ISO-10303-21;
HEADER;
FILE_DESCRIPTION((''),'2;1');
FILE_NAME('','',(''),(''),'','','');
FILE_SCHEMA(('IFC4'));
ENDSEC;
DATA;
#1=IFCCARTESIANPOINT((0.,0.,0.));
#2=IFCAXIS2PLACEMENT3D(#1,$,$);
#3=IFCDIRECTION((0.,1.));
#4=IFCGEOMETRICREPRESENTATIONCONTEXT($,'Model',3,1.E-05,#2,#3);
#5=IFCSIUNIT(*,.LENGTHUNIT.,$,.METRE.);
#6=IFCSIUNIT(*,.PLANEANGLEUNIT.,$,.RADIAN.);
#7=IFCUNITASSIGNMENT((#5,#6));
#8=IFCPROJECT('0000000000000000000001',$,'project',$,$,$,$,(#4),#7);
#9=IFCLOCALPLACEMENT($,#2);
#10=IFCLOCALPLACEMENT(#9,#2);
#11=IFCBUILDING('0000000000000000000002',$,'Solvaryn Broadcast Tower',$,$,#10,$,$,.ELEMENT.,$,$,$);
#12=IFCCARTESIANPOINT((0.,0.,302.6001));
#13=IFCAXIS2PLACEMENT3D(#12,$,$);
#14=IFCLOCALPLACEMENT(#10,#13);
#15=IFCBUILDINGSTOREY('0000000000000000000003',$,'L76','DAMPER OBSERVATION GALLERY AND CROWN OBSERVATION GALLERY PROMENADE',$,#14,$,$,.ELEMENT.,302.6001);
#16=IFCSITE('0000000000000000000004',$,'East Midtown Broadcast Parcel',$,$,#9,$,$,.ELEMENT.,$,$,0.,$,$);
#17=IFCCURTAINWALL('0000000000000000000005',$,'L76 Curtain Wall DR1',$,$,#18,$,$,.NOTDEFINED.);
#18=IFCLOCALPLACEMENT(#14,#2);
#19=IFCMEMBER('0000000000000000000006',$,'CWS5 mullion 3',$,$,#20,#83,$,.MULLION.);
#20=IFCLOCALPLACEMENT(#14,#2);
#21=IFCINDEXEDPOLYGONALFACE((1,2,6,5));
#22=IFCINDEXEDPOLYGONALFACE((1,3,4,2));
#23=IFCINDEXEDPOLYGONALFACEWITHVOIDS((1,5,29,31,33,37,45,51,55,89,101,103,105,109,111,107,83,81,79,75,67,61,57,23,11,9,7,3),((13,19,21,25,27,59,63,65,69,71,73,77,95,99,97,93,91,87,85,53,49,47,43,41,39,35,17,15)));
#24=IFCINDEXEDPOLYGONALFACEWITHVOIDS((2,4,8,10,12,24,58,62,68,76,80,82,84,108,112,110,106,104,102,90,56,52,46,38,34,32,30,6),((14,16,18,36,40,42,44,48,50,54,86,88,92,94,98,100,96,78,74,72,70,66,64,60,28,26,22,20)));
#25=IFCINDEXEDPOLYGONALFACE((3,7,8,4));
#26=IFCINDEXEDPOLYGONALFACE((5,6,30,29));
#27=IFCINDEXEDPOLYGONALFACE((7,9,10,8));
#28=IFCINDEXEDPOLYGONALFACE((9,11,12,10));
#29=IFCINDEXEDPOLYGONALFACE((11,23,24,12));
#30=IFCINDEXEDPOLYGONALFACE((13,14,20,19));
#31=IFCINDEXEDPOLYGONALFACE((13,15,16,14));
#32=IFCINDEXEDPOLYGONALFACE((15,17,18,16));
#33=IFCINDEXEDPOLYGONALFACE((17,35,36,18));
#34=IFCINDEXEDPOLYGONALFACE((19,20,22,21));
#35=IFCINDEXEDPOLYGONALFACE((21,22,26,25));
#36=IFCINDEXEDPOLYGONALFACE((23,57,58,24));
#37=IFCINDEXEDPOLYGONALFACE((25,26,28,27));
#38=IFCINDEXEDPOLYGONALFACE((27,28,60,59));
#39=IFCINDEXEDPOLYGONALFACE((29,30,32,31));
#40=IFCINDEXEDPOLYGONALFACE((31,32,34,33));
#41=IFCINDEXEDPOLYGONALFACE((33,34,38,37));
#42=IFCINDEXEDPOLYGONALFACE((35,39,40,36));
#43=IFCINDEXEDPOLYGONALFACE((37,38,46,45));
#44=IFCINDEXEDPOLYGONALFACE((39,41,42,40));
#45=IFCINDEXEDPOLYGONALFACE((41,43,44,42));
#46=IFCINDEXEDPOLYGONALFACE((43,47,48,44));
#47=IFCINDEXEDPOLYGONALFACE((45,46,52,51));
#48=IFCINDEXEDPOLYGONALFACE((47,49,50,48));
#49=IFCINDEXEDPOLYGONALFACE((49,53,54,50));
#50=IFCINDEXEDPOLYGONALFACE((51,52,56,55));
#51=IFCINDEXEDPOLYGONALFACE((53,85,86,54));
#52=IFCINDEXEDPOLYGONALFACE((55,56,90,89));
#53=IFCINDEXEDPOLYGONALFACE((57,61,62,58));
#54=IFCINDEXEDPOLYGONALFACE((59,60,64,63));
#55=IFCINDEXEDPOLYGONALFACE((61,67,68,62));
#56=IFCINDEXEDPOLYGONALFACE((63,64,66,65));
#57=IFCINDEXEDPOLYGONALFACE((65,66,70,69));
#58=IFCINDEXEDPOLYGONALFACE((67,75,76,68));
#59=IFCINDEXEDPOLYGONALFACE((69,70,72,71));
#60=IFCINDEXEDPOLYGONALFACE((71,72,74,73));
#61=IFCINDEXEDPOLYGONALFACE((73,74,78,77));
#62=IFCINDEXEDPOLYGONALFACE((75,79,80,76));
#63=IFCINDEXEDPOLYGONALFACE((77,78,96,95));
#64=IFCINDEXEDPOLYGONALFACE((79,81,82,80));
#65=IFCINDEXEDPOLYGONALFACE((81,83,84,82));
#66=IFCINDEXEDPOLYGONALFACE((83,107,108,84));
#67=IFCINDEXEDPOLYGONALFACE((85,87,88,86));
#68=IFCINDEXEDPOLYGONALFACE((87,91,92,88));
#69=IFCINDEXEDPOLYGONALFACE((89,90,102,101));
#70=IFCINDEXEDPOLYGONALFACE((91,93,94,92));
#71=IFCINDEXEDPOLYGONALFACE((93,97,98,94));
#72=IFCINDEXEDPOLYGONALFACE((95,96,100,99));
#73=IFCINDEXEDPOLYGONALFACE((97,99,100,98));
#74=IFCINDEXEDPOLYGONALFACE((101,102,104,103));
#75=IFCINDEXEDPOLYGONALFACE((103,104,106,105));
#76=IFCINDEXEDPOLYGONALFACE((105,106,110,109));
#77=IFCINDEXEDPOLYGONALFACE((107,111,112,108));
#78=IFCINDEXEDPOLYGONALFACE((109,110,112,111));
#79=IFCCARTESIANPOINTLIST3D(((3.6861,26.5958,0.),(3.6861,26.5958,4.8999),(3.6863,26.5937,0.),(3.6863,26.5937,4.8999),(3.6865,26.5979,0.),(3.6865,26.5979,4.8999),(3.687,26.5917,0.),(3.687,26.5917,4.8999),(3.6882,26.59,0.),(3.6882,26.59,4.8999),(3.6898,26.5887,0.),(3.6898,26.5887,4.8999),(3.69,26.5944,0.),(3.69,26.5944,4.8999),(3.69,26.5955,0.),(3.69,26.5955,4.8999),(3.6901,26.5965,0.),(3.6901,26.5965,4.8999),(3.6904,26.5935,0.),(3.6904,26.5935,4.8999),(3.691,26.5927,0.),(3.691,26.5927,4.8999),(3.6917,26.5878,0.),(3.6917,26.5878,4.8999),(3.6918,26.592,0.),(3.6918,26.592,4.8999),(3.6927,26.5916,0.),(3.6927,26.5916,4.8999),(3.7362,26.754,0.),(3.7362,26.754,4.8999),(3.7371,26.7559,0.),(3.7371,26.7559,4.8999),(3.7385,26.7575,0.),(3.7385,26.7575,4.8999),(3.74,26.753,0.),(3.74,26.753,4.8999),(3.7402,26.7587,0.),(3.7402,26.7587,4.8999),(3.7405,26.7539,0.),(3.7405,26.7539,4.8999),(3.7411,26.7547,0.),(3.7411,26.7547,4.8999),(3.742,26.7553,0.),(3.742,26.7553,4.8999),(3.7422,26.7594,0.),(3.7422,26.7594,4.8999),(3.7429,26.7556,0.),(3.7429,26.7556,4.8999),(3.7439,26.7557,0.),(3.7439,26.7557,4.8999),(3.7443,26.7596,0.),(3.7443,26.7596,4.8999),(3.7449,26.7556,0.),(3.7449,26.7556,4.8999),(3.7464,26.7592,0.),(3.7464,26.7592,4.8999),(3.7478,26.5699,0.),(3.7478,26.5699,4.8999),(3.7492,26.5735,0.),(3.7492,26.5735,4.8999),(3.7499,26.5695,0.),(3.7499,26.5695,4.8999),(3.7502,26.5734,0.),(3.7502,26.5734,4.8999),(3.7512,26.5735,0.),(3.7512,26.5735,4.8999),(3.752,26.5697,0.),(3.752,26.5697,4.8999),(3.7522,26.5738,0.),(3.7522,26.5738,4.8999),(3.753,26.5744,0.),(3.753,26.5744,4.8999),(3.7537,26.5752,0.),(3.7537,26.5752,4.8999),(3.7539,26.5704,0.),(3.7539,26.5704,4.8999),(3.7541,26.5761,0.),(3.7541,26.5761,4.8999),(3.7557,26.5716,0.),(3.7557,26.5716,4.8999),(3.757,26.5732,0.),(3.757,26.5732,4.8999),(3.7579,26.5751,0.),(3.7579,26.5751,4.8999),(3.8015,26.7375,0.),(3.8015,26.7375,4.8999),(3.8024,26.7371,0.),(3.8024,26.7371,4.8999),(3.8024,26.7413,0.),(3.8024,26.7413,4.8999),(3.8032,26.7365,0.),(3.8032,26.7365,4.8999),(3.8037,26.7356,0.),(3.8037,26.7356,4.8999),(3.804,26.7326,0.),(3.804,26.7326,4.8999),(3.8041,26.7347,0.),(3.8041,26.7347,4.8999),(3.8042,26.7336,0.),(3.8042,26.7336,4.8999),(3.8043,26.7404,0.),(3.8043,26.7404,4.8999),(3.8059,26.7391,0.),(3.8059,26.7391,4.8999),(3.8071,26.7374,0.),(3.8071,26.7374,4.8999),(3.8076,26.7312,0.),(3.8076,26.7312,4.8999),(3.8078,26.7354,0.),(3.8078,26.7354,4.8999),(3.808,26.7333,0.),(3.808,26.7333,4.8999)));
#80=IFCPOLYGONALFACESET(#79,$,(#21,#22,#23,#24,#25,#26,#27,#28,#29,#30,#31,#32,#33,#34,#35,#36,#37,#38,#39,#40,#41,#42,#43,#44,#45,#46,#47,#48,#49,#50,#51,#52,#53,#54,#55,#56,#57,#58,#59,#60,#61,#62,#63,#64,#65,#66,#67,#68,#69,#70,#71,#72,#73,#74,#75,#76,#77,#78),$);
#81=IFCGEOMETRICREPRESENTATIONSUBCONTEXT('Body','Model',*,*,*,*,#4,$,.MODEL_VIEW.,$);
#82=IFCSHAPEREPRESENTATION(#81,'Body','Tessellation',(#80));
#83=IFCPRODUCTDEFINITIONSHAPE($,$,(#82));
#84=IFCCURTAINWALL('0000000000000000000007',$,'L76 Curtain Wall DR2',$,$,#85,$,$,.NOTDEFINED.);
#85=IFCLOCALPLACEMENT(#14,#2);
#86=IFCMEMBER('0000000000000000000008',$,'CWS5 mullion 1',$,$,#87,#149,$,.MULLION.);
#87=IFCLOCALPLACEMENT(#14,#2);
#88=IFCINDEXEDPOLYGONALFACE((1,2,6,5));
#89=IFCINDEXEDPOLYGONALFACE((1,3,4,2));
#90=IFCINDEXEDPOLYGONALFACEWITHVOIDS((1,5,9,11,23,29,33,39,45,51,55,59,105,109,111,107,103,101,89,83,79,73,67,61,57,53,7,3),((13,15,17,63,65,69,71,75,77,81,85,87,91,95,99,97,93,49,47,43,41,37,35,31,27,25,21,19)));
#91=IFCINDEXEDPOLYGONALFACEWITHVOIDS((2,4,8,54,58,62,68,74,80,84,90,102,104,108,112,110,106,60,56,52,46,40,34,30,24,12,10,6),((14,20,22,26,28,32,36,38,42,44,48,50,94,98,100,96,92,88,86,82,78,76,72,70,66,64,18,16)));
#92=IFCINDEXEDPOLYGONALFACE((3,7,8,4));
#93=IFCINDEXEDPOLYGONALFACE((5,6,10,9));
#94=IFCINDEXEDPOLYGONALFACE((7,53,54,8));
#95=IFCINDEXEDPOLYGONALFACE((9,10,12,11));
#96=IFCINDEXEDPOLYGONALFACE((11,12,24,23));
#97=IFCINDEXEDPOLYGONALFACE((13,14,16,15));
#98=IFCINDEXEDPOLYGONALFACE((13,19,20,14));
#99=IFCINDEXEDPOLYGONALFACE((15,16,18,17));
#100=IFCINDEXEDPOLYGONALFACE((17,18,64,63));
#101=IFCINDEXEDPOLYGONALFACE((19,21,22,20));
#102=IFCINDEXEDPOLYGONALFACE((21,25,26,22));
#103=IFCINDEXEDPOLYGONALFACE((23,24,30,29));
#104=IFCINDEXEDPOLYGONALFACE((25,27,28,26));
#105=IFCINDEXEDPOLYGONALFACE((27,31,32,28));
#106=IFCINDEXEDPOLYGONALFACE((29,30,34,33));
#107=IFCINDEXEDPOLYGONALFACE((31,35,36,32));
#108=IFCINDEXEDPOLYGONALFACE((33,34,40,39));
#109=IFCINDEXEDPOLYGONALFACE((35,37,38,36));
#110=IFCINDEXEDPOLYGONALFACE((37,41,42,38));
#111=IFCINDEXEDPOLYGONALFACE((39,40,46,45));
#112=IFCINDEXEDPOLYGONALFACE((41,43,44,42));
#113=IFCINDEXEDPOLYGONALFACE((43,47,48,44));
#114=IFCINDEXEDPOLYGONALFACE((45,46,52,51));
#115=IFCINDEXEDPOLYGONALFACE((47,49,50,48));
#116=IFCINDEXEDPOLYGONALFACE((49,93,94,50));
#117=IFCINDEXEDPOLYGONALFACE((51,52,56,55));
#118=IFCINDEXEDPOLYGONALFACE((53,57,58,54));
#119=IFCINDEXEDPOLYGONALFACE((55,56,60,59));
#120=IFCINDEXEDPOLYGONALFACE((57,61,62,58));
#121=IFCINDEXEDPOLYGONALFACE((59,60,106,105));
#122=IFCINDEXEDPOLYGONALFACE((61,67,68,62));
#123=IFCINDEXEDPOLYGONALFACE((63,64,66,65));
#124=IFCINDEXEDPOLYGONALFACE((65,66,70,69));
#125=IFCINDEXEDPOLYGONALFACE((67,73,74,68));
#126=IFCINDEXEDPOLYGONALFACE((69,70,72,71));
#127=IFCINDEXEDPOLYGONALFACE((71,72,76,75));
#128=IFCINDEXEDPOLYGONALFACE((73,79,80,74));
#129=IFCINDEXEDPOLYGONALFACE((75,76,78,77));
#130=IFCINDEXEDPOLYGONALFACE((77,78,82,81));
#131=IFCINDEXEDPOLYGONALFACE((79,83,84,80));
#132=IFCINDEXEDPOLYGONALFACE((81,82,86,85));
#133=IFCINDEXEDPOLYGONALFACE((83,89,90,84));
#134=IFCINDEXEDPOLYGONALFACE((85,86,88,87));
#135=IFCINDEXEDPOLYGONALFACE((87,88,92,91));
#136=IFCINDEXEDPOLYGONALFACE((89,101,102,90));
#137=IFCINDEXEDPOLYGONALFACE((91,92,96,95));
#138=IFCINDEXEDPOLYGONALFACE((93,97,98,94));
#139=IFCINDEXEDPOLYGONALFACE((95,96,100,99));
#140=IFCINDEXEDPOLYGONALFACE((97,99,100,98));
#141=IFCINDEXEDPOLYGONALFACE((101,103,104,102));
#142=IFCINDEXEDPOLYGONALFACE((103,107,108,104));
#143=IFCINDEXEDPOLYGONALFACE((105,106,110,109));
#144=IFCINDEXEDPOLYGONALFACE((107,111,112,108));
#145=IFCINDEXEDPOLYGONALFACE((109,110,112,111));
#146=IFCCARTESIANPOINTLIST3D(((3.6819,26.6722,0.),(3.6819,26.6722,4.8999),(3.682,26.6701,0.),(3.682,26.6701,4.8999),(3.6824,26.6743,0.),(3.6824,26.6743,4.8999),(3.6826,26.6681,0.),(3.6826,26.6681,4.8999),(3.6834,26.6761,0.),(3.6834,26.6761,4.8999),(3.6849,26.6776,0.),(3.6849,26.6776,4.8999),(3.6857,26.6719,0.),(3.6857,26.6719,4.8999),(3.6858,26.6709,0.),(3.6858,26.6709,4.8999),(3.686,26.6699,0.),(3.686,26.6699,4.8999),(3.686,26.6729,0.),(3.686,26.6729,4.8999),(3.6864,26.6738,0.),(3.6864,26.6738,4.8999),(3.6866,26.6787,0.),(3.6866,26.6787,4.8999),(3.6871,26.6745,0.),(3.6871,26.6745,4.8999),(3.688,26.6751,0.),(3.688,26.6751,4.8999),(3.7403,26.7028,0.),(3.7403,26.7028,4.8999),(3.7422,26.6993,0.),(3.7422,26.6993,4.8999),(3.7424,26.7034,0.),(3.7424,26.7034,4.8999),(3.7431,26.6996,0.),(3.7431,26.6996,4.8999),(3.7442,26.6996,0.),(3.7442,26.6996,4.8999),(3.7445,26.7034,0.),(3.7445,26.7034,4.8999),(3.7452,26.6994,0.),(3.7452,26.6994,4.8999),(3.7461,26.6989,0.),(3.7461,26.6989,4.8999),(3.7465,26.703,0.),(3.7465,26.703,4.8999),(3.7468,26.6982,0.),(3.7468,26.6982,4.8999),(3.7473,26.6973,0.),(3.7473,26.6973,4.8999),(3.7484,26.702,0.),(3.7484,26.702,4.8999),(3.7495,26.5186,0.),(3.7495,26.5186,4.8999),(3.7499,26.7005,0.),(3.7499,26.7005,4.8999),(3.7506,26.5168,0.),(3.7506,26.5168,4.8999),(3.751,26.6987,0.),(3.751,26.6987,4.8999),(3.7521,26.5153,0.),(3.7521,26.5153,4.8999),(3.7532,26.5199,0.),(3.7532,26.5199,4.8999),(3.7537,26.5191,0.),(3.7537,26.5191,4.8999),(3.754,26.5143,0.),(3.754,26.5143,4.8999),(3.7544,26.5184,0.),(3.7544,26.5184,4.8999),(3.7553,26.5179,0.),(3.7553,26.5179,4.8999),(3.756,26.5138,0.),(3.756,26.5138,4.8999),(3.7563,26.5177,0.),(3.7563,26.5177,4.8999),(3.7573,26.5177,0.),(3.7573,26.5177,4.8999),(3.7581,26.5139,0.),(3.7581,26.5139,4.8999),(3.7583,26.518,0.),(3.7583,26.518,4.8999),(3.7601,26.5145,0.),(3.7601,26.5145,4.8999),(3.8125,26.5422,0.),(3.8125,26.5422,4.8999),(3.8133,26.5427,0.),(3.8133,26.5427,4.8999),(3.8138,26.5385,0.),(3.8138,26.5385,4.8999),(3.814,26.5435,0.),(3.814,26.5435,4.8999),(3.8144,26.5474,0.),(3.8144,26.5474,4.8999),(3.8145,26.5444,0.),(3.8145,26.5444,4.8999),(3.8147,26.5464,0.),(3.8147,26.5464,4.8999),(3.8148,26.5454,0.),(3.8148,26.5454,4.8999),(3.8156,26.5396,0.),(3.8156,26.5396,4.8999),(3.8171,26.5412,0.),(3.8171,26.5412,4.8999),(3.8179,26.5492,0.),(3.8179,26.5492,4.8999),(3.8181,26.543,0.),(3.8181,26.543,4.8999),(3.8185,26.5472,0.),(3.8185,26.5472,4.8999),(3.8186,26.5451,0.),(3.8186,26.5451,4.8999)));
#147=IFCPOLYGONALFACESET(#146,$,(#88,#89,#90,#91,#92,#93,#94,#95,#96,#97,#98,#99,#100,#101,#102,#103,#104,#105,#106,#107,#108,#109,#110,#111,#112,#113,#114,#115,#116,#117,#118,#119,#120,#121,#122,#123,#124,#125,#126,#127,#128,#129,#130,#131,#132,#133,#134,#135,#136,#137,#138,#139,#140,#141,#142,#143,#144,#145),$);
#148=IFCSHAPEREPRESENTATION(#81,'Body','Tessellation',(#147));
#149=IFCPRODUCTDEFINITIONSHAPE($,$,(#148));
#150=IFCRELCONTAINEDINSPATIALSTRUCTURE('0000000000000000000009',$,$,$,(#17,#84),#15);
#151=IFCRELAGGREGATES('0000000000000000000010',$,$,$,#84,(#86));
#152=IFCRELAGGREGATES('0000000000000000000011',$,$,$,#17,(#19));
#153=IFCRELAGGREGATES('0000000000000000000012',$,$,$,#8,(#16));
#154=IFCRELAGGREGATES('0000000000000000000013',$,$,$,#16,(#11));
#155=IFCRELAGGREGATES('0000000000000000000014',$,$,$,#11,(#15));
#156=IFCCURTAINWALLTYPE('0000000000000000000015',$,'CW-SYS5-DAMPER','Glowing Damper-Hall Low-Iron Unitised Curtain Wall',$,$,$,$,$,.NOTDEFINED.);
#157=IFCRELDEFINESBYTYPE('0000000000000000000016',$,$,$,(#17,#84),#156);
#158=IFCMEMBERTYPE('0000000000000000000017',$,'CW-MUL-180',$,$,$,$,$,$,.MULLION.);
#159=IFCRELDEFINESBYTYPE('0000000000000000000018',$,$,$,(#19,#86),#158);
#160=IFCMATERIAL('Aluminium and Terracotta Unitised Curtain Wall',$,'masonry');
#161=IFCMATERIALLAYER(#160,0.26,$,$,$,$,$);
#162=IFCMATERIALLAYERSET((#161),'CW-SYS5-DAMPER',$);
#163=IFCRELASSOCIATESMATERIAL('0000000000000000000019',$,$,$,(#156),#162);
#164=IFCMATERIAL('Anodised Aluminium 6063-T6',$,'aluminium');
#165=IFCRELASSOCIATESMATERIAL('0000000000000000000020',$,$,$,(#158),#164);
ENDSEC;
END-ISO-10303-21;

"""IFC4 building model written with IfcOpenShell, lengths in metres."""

from ifc_helpers import new_model, si_unit, direction, frame, origin, origin_2d, place, context, subcontext, project, spatial, hollow_rectangle, extrude, material, layer, layer_set, material_profile, profile_set, type_object, element, aggregate, save


model = new_model("IFC4")

# Units and contexts
model_context = context("Model", 3, precision=1e-05, world=origin(), true_north=direction((0.0, 1.0)))
body_context = subcontext(model_context, "Body", "Model", "MODEL_VIEW")
ifc_project = project(units=[si_unit("LENGTHUNIT", "METRE"), si_unit("PLANEANGLEUNIT", "RADIAN")], contexts=[model_context])

# Site, building, storey
site_placement = place(None, origin())
site = spatial("IfcSite", under=ifc_project, at=site_placement, Name="East Midtown Broadcast Parcel", CompositionType="ELEMENT", RefElevation=0.0)
building_placement = place(site_placement, origin())
building = spatial("IfcBuilding", under=site, at=building_placement, Name="Solvaryn Broadcast Tower", CompositionType="ELEMENT")
storey_placement = place(building_placement, frame((0.0, 0.0, 302.6001)))
storey = spatial("IfcBuildingStorey", under=building, at=storey_placement, Name="L76", Description="DAMPER OBSERVATION GALLERY AND CROWN OBSERVATION GALLERY PROMENADE", CompositionType="ELEMENT", Elevation=302.6001)

# Curtain wall, member
ifc_material_1 = material(Name="Aluminium and Terracotta Unitised Curtain Wall", Category="masonry")
ifc_layer_1 = layer(ifc_material_1, 0.26)
ifc_layer_set_1 = layer_set([ifc_layer_1], Name="CW-SYS5-DAMPER")
curtain_wall_type = type_object("IfcCurtainWallType", Name="CW-SYS5-DAMPER", Description="Glowing Damper-Hall Low-Iron Unitised Curtain Wall", PredefinedType="NOTDEFINED", material=ifc_layer_set_1)
curtain_wall_1_placement = place(storey_placement, origin())
curtain_wall_1 = element("IfcCurtainWall", 1, at=curtain_wall_1_placement, inside=storey, type_object=curtain_wall_type, Name="L76 Curtain Wall DR1", PredefinedType="NOTDEFINED")
ifc_material_2 = material(Name="Anodised Aluminium 6063-T6", Category="aluminium")
ifc_material_profile_1 = material_profile(ifc_material_2, hollow_rectangle(XDim=0.075, YDim=0.1799, WallThickness=0.0039, InnerFilletRadius=0.0039, OuterFilletRadius=0.0081, at=origin_2d()))
ifc_profile_set_1 = profile_set([ifc_material_profile_1], Name="Anodised Aluminium 6063-T6")
member_type_1 = type_object("IfcMemberType", Name="CW-MUL-180", PredefinedType="MULLION", material=ifc_profile_set_1)
member_1_placement = place(storey_placement, frame((3.7471, 26.6646, 0.0), z_axis=(0.0, 0.0, 1.0), x_axis=(0.952795, -0.303616, 0.0)))
member_1 = element("IfcMember", 2, at=member_1_placement, type_object=member_type_1, Name="CWS5 mullion 3", PredefinedType="MULLION", context=body_context, shape_type="SweptSolid", body=[
    extrude(hollow_rectangle(XDim=0.075, YDim=0.1799, WallThickness=0.0039, InnerFilletRadius=0.0039, OuterFilletRadius=0.0081, at=origin_2d()), origin(), (0.0, 0.0, 1.0), 4.8999),
])

# Curtain wall, member
curtain_wall_2_placement = place(storey_placement, origin())
curtain_wall_2 = element("IfcCurtainWall", 3, at=curtain_wall_2_placement, inside=storey, type_object=curtain_wall_type, Name="L76 Curtain Wall DR2", PredefinedType="NOTDEFINED")
member_2_placement = place(storey_placement, frame((3.7502, 26.6086, 0.0), z_axis=(0.0, 0.0, 1.0), x_axis=(0.912774, 0.408466, 0.0)))
member_2 = element("IfcMember", 4, at=member_2_placement, type_object=member_type_1, Name="CWS5 mullion 1", PredefinedType="MULLION", context=body_context, shape_type="SweptSolid", body=[
    extrude(hollow_rectangle(XDim=0.075, YDim=0.1799, WallThickness=0.0039, InnerFilletRadius=0.0039, OuterFilletRadius=0.0081, at=origin_2d()), origin(), (0.0, 0.0, 1.0), 4.8999),
])

aggregate(curtain_wall_2, [member_2])

aggregate(curtain_wall_1, [member_1])

save(model, "model.ifc")
